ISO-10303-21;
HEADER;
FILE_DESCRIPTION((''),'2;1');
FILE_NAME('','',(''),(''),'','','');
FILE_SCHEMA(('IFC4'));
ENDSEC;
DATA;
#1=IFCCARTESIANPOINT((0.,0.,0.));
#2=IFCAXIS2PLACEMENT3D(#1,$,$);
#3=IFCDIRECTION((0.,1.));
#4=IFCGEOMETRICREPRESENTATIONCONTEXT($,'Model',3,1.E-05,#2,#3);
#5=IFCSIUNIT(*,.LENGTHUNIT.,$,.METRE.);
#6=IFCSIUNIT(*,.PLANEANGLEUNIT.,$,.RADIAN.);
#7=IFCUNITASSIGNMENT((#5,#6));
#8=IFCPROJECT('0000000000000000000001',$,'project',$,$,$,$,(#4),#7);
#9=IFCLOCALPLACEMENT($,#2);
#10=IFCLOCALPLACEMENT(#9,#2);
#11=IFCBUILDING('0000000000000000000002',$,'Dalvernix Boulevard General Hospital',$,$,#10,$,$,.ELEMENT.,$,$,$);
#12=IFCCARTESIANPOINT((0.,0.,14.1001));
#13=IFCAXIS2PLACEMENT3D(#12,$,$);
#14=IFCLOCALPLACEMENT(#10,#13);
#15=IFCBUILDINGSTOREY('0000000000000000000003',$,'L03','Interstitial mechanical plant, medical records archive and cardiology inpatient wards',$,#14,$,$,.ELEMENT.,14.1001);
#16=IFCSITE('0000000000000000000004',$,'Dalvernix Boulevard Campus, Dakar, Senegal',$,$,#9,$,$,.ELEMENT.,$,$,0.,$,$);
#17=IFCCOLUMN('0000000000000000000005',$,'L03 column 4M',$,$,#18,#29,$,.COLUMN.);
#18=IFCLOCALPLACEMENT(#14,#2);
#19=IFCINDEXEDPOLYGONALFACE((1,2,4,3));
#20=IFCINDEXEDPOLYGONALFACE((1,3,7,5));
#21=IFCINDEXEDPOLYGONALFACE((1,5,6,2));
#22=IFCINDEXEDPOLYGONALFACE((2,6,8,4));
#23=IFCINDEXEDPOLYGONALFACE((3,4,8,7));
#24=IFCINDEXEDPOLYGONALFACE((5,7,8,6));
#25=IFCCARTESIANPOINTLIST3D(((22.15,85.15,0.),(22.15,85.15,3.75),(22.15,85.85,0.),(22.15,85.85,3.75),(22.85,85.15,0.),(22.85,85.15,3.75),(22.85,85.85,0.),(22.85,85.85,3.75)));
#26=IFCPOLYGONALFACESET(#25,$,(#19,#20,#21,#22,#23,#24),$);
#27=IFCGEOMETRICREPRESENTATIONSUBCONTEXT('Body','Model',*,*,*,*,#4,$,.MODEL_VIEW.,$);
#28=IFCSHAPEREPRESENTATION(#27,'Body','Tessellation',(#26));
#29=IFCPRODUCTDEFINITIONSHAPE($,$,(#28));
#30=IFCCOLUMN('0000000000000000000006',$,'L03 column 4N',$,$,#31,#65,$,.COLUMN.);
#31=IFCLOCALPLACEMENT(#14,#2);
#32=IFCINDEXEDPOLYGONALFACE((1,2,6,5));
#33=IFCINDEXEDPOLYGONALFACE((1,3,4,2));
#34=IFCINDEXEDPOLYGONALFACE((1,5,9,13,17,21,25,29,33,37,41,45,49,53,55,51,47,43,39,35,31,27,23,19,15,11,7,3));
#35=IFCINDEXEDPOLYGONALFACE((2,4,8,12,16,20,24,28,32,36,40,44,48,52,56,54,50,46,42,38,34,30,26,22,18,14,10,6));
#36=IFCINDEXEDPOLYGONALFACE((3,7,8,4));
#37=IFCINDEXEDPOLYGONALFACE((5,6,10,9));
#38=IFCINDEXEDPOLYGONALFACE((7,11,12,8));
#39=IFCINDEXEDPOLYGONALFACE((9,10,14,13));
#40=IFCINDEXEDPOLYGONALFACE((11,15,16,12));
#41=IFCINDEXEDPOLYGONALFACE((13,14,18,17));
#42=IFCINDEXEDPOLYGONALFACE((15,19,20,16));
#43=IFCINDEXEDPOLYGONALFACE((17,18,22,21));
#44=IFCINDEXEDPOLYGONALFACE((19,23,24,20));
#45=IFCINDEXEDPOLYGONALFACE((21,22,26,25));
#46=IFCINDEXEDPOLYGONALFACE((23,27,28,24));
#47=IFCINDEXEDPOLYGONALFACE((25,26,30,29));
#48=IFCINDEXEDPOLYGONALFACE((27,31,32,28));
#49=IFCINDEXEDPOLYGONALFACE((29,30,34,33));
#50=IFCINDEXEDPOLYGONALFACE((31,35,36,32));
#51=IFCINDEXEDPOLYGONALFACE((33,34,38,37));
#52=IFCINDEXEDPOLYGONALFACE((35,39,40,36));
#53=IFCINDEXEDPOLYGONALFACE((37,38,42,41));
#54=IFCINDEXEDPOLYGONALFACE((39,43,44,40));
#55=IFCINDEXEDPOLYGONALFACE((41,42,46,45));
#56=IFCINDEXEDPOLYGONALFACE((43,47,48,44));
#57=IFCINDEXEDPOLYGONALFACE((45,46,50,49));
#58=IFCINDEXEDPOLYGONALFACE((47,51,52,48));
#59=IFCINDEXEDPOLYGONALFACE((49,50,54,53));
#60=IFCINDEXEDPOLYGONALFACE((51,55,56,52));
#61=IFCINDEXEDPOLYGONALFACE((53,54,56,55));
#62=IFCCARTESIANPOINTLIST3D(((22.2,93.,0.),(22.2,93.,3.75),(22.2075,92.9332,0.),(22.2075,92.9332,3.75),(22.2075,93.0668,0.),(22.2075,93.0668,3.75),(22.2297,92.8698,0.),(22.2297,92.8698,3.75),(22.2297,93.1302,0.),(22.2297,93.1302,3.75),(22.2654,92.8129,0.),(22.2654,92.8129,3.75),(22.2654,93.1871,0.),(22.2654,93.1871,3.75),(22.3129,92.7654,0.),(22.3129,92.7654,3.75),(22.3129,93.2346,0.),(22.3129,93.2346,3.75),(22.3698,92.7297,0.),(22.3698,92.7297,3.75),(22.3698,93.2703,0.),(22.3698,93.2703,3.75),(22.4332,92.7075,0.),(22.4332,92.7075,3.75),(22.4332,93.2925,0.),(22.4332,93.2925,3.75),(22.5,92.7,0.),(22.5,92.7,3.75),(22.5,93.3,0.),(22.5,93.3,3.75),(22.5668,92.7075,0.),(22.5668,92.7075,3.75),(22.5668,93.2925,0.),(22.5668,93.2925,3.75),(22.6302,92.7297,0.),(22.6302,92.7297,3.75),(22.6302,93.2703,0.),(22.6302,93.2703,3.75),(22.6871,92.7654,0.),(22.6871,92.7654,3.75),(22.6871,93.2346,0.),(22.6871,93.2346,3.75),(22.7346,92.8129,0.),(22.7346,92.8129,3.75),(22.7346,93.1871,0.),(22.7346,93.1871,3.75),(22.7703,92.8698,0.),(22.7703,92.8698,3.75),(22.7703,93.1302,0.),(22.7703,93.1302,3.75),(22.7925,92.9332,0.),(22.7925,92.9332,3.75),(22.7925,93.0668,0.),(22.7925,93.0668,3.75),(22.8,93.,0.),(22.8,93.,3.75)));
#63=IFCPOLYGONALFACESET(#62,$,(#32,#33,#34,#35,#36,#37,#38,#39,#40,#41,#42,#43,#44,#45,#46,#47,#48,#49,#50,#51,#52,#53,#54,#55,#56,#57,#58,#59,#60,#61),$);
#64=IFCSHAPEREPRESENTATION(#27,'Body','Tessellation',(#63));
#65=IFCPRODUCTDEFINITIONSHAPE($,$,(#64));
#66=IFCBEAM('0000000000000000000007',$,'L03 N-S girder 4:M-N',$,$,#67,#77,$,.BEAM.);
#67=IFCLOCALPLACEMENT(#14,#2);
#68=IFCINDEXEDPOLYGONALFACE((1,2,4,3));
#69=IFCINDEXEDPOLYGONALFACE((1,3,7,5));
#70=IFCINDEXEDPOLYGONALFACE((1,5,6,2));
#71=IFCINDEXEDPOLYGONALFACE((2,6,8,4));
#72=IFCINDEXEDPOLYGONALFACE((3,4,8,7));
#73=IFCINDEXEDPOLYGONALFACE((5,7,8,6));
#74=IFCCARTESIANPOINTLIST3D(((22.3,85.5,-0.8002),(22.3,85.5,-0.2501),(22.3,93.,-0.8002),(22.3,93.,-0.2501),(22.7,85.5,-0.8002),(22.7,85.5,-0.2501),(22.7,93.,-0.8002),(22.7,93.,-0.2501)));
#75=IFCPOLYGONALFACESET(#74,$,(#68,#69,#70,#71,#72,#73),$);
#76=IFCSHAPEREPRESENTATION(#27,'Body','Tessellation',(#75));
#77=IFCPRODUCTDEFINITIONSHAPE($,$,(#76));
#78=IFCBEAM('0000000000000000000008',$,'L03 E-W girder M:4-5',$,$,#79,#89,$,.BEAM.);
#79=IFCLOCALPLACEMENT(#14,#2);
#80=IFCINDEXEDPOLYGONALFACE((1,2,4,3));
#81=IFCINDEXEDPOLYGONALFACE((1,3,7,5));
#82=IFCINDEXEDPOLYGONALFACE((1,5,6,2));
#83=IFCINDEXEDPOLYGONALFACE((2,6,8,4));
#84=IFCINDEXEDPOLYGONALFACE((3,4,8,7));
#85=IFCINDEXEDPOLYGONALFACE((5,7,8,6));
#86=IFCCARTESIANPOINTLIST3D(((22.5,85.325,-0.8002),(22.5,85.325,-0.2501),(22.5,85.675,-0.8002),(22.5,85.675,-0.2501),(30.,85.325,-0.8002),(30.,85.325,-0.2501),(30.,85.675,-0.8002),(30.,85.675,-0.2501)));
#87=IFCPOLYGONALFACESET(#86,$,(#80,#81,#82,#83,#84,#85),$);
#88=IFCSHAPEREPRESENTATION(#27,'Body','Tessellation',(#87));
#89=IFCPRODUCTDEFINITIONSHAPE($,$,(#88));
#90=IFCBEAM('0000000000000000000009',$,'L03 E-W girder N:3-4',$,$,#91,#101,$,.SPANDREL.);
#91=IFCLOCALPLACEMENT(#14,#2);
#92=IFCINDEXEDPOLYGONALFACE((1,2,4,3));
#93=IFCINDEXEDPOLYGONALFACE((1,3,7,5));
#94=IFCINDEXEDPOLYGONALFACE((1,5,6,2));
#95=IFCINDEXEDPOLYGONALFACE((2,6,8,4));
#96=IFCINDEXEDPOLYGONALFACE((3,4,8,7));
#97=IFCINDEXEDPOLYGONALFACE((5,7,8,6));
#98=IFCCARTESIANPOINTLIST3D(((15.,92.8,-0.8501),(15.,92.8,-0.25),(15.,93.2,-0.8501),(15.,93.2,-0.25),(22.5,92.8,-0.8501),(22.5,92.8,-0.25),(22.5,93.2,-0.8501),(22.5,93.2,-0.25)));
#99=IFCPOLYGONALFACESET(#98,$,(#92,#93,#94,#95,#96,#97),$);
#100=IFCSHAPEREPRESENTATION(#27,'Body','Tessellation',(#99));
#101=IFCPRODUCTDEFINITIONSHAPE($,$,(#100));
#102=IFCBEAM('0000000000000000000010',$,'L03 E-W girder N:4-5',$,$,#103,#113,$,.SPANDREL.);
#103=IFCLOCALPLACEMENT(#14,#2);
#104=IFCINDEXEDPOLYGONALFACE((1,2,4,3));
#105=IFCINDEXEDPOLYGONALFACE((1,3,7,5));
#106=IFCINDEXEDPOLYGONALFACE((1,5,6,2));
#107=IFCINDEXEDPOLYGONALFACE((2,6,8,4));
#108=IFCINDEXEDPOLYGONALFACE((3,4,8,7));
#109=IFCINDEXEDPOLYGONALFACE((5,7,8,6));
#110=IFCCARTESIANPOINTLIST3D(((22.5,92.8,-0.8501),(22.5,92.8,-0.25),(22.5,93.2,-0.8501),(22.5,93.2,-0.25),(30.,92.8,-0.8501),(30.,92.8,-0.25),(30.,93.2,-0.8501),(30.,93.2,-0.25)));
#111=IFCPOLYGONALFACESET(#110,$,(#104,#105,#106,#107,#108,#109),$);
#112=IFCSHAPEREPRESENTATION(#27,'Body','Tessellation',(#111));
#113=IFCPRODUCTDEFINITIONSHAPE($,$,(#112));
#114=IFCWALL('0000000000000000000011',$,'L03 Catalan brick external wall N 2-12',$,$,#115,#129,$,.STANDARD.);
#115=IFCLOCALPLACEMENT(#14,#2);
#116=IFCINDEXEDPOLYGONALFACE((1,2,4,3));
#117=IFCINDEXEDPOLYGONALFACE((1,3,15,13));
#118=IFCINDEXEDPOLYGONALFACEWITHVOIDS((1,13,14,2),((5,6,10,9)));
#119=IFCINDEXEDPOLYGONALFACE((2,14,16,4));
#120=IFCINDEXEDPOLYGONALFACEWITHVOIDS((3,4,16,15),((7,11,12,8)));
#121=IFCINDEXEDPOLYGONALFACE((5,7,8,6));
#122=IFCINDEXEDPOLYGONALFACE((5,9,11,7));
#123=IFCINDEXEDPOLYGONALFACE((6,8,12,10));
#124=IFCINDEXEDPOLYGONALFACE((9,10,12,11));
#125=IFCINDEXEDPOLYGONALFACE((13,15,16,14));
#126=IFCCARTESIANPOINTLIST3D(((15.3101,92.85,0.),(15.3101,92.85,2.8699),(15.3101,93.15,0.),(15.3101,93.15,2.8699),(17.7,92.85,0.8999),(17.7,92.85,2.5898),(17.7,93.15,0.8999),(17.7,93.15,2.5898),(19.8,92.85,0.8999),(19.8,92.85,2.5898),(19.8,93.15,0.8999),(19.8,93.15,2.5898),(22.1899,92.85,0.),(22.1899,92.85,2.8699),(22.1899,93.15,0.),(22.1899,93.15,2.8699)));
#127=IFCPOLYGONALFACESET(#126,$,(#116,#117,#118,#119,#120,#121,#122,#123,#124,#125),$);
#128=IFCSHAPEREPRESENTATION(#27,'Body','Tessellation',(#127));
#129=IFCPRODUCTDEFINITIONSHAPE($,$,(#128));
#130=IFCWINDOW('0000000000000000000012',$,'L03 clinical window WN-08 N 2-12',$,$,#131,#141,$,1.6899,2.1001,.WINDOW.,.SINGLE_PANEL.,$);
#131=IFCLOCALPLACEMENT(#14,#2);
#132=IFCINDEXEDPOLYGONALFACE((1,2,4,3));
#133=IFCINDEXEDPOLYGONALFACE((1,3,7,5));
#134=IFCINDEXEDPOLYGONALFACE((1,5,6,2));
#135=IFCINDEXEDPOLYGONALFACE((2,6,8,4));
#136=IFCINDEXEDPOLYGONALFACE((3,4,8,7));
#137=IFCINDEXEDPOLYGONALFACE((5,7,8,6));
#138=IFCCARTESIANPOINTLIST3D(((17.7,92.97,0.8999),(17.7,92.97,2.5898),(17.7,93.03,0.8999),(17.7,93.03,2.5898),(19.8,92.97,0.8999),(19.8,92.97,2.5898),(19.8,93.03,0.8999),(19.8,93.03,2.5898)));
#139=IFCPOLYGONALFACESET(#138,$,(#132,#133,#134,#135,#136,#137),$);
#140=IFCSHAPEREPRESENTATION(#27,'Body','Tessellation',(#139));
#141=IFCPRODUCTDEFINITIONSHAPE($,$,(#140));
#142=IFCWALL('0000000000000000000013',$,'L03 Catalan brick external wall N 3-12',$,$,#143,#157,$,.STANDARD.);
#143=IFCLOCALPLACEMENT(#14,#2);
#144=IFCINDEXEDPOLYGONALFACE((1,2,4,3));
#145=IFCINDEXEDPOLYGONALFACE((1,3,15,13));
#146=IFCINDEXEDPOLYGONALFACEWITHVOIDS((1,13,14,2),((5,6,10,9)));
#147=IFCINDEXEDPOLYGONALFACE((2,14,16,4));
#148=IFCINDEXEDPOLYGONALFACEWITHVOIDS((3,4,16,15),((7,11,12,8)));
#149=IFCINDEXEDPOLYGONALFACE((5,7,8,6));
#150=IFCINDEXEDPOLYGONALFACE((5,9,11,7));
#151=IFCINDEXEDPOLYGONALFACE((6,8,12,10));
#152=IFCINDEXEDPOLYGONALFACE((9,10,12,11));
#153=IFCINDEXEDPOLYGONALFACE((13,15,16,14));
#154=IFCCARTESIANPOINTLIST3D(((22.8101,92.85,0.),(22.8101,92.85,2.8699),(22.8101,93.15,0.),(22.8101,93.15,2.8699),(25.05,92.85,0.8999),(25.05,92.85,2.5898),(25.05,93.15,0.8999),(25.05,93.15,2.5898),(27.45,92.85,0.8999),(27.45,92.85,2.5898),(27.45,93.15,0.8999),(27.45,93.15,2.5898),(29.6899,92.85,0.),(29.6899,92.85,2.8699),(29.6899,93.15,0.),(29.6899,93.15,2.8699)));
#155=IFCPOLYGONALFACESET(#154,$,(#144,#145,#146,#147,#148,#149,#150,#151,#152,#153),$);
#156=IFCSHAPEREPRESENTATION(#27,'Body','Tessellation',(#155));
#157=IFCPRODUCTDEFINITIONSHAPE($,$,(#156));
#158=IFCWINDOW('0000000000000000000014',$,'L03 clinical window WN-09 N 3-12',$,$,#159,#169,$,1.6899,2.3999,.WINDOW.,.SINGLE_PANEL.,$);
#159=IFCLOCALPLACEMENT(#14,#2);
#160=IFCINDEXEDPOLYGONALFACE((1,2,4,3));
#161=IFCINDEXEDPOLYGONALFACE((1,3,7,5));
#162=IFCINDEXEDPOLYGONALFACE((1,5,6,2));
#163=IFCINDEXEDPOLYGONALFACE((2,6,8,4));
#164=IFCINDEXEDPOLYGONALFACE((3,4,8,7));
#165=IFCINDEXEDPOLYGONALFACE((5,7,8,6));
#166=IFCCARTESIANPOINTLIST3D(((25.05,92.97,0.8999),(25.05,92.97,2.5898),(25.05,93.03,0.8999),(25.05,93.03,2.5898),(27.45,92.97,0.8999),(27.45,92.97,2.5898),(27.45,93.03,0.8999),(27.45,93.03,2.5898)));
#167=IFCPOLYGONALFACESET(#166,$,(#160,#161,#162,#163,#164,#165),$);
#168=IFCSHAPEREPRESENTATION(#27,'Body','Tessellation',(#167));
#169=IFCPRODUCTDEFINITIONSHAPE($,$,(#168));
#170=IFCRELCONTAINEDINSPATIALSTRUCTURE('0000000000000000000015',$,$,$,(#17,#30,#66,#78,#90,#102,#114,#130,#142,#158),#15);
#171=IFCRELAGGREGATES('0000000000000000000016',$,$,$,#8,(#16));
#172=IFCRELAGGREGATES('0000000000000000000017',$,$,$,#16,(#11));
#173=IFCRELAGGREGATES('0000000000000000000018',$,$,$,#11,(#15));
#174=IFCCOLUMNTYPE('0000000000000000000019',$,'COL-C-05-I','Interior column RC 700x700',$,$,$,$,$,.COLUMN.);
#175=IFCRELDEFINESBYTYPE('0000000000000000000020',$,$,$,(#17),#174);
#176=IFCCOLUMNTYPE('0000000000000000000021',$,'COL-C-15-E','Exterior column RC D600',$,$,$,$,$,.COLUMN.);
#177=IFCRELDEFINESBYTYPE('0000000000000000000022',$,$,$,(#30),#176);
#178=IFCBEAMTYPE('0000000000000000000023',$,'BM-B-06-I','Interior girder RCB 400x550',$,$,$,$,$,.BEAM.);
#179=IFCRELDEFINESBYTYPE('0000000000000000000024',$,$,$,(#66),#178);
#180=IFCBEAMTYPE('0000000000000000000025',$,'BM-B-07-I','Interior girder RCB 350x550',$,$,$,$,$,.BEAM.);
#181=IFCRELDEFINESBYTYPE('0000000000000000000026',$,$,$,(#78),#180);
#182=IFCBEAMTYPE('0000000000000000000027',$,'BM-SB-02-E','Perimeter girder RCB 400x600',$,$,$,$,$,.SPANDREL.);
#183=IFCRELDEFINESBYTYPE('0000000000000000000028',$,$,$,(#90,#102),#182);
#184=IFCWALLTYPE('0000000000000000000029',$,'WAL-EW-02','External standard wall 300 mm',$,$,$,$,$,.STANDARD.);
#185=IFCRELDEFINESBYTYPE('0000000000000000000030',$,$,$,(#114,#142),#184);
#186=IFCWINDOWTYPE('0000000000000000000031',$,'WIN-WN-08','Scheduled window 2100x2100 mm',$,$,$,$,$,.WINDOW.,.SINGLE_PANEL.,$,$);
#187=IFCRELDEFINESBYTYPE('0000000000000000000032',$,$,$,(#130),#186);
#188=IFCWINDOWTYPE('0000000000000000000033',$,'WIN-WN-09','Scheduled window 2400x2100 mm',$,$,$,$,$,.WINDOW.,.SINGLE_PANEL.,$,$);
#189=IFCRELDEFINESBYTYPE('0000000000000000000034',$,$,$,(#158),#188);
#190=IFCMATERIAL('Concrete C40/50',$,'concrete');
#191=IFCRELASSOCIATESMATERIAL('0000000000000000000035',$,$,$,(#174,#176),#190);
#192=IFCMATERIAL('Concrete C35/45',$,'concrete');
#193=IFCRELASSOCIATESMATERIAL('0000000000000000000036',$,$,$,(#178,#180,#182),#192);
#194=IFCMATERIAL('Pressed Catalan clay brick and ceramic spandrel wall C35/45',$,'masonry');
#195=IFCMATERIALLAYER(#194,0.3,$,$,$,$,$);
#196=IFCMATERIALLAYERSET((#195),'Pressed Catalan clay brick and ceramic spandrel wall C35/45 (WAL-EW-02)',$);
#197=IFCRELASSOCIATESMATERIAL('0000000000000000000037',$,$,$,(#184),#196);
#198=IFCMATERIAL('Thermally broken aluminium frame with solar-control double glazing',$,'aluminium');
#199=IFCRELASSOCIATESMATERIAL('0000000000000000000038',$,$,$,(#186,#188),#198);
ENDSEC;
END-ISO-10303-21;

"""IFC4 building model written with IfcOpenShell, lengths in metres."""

from ifc_helpers import new_model, si_unit, direction, frame, frame_2d, origin, origin_2d, place, context, subcontext, project, spatial, rectangle, circle, extrude, material, layer, layer_set, material_profile, profile_set, type_object, element, fill, save


model = new_model("IFC4")

# Units and contexts
model_context = context("Model", 3, precision=1e-05, world=origin(), true_north=direction((0.0, 1.0)))
body_context = subcontext(model_context, "Body", "Model", "MODEL_VIEW")
ifc_project = project(units=[si_unit("LENGTHUNIT", "METRE"), si_unit("PLANEANGLEUNIT", "RADIAN")], contexts=[model_context])

# Site, building, storey
site_placement = place(None, origin())
site = spatial("IfcSite", under=ifc_project, at=site_placement, Name="Dalvernix Boulevard Campus, Dakar, Senegal", CompositionType="ELEMENT", RefElevation=0.0)
building_placement = place(site_placement, origin())
building = spatial("IfcBuilding", under=site, at=building_placement, Name="Dalvernix Boulevard General Hospital", CompositionType="ELEMENT")
storey_placement = place(building_placement, frame((0.0, 0.0, 14.1001)))
storey = spatial("IfcBuildingStorey", under=building, at=storey_placement, Name="L03", Description="Interstitial mechanical plant, medical records archive and cardiology inpatient wards", CompositionType="ELEMENT", Elevation=14.1001)

# Columns
ifc_material_1 = material(Name="Concrete C40/50", Category="concrete")
ifc_material_profile_1 = material_profile(ifc_material_1, rectangle(XDim=0.7, YDim=0.7, at=origin_2d()), Name="RC 700x700")
ifc_profile_set_1 = profile_set([ifc_material_profile_1], Name="Concrete C40/50")
column_type_1 = type_object("IfcColumnType", Name="COL-C-05-I", Description="Interior column RC 700x700", PredefinedType="COLUMN", material=ifc_profile_set_1)
column_1_placement = place(storey_placement, frame((22.5, 85.5, 0.0), z_axis=(0.0, 0.0, 1.0), x_axis=(1.0, 0.0, 0.0)))
element("IfcColumn", 1, at=column_1_placement, inside=storey, type_object=column_type_1, Name="L03 column 4M", PredefinedType="COLUMN", context=body_context, shape_type="SweptSolid", body=[
    extrude(rectangle(XDim=0.7, YDim=0.7, at=origin_2d()), origin(), (0.0, 0.0, 1.0), 3.75),
])
ifc_material_profile_2 = material_profile(ifc_material_1, circle(Radius=0.3, at=origin_2d()), Name="RC D600")
ifc_profile_set_2 = profile_set([ifc_material_profile_2], Name="Concrete C40/50")
column_type_2 = type_object("IfcColumnType", Name="COL-C-15-E", Description="Exterior column RC D600", PredefinedType="COLUMN", material=ifc_profile_set_2)
column_2_placement = place(storey_placement, frame((22.5, 93.0, 0.0), z_axis=(0.0, 0.0, 1.0), x_axis=(1.0, 0.0, 0.0)))
element("IfcColumn", 2, at=column_2_placement, inside=storey, type_object=column_type_2, Name="L03 column 4N", PredefinedType="COLUMN", context=body_context, shape_type="SweptSolid", body=[
    extrude(circle(Radius=0.3, at=origin_2d()), origin(), (0.0, 0.0, 1.0), 3.75),
])

# Beams
ifc_material_2 = material(Name="Concrete C35/45", Category="concrete")
ifc_material_profile_3 = material_profile(ifc_material_2, rectangle(XDim=0.3999, YDim=0.55, at=origin_2d()), Name="RCB 400x550")
ifc_profile_set_3 = profile_set([ifc_material_profile_3], Name="Concrete C35/45")
beam_type_1 = type_object("IfcBeamType", Name="BM-B-06-I", Description="Interior girder RCB 400x550", PredefinedType="BEAM", material=ifc_profile_set_3)
beam_1_placement = place(storey_placement, frame((22.5, 85.5, -0.5251), z_axis=(0.0, 1.0, 0.0), x_axis=(-1.0, 0.0, 0.0)))
element("IfcBeam", 3, at=beam_1_placement, inside=storey, type_object=beam_type_1, Name="L03 N-S girder 4:M-N", PredefinedType="BEAM", context=body_context, shape_type="SweptSolid", body=[
    extrude(rectangle(XDim=0.3999, YDim=0.55, at=origin_2d()), origin(), (0.0, 0.0, 1.0), 7.5),
])
ifc_material_profile_4 = material_profile(ifc_material_2, rectangle(XDim=0.3501, YDim=0.55, at=origin_2d()), Name="RCB 350x550")
ifc_profile_set_4 = profile_set([ifc_material_profile_4], Name="Concrete C35/45")
beam_type_2 = type_object("IfcBeamType", Name="BM-B-07-I", Description="Interior girder RCB 350x550", PredefinedType="BEAM", material=ifc_profile_set_4)
beam_2_placement = place(storey_placement, frame((22.5, 85.5, -0.5251), z_axis=(1.0, 0.0, 0.0), x_axis=(0.0, 1.0, 0.0)))
element("IfcBeam", 4, at=beam_2_placement, inside=storey, type_object=beam_type_2, Name="L03 E-W girder M:4-5", PredefinedType="BEAM", context=body_context, shape_type="SweptSolid", body=[
    extrude(rectangle(XDim=0.3501, YDim=0.55, at=origin_2d()), origin(), (0.0, 0.0, 1.0), 7.5),
])
ifc_material_profile_5 = material_profile(ifc_material_2, rectangle(XDim=0.3999, YDim=0.6001, at=origin_2d()), Name="RCB 400x600")
ifc_profile_set_5 = profile_set([ifc_material_profile_5], Name="Concrete C35/45")
beam_type_3 = type_object("IfcBeamType", Name="BM-SB-02-E", Description="Perimeter girder RCB 400x600", PredefinedType="SPANDREL", material=ifc_profile_set_5)
for number, where, z_axis, x_axis, name in (
    (5, (15.0, 93.0, -0.55), (1.0, 0.0, 0.0), (0.0, 1.0, 0.0), "L03 E-W girder N:3-4"),
    (6, (22.5, 93.0, -0.55), (1.0, 0.0, 0.0), (0.0, 1.0, 0.0), "L03 E-W girder N:4-5"),
):
    element("IfcBeam", number, at=place(storey_placement, frame(where, z_axis=z_axis, x_axis=x_axis)), inside=storey, type_object=beam_type_3, Name=name, PredefinedType="SPANDREL", context=body_context, shape_type="SweptSolid", body=[
        extrude(rectangle(XDim=0.3999, YDim=0.6001, at=origin_2d()), origin(), (0.0, 0.0, 1.0), 7.5),
    ])

# Walls, openings, windows
ifc_material_3 = material(Name="Pressed Catalan clay brick and ceramic spandrel wall C35/45", Category="masonry")
ifc_layer_1 = layer(ifc_material_3, 0.3)
ifc_layer_set_1 = layer_set([ifc_layer_1], Name="Pressed Catalan clay brick and ceramic spandrel wall C35/45 (WAL-EW-02)")
wall_type_1 = type_object("IfcWallType", Name="WAL-EW-02", Description="External standard wall 300 mm", PredefinedType="STANDARD", material=ifc_layer_set_1)
wall_1_placement = place(storey_placement, frame((15.3101, 93.0, 0.0), z_axis=(0.0, 0.0, 1.0), x_axis=(1.0, 0.0, 0.0)))
wall_1 = element("IfcWall", 7, at=wall_1_placement, inside=storey, type_object=wall_type_1, Name="L03 Catalan brick external wall N 2-12", PredefinedType="STANDARD", context=body_context, shape_type="SweptSolid", body=[
    extrude(rectangle(XDim=6.8799, YDim=0.3, at=frame_2d((3.4399, 0.0))), origin(), (0.0, 0.0, 1.0), 2.8699),
])
opening_1_placement = place(wall_1_placement, frame((2.3899, 0.0, 0.8999)))
opening_1 = element("IfcOpeningElement", 8, at=opening_1_placement, cuts=wall_1, PredefinedType="OPENING", context=body_context, shape_type="SweptSolid", body=[
    extrude(rectangle(XDim=2.1001, YDim=1.6899, at=frame_2d((1.05, 0.845))), frame((0.0, 0.1599, 0.0), z_axis=(0.0, -1.0, 0.0), x_axis=(1.0, 0.0, 0.0)), (0.0, 0.0, 1.0), 0.3201),
])
ifc_material_4 = material(Name="Thermally broken aluminium frame with solar-control double glazing", Category="aluminium")
window_type_1 = type_object("IfcWindowType", Name="WIN-WN-08", Description="Scheduled window 2100x2100 mm", PartitioningType="SINGLE_PANEL", PredefinedType="WINDOW", material=ifc_material_4)
window_1_placement = place(opening_1_placement, origin())
window_1 = element("IfcWindow", 9, at=window_1_placement, inside=storey, type_object=window_type_1, Name="L03 clinical window WN-08 N 2-12", OverallHeight=1.6899, OverallWidth=2.1001, PartitioningType="SINGLE_PANEL", PredefinedType="WINDOW", context=body_context, shape_type="SweptSolid", body=[
    extrude(rectangle(XDim=2.1001, YDim=1.6899, at=frame_2d((1.05, 0.845))), frame((0.0, 0.03, 0.0), z_axis=(0.0, -1.0, 0.0), x_axis=(1.0, 0.0, 0.0)), (0.0, 0.0, 1.0), 0.0601),
])
fill(opening_1, window_1)
wall_2_placement = place(storey_placement, frame((22.8101, 93.0, 0.0), z_axis=(0.0, 0.0, 1.0), x_axis=(1.0, 0.0, 0.0)))
wall_2 = element("IfcWall", 10, at=wall_2_placement, inside=storey, type_object=wall_type_1, Name="L03 Catalan brick external wall N 3-12", PredefinedType="STANDARD", context=body_context, shape_type="SweptSolid", body=[
    extrude(rectangle(XDim=6.8799, YDim=0.3, at=frame_2d((3.4399, 0.0))), origin(), (0.0, 0.0, 1.0), 2.8699),
])
opening_2_placement = place(wall_2_placement, frame((2.24, 0.0, 0.8999)))
opening_2 = element("IfcOpeningElement", 11, at=opening_2_placement, cuts=wall_2, PredefinedType="OPENING", context=body_context, shape_type="SweptSolid", body=[
    extrude(rectangle(XDim=2.3999, YDim=1.6899, at=frame_2d((1.2, 0.845))), frame((0.0, 0.1599, 0.0), z_axis=(0.0, -1.0, 0.0), x_axis=(1.0, 0.0, 0.0)), (0.0, 0.0, 1.0), 0.3201),
])
window_type_2 = type_object("IfcWindowType", Name="WIN-WN-09", Description="Scheduled window 2400x2100 mm", PartitioningType="SINGLE_PANEL", PredefinedType="WINDOW", material=ifc_material_4)
window_2_placement = place(opening_2_placement, origin())
window_2 = element("IfcWindow", 12, at=window_2_placement, inside=storey, type_object=window_type_2, Name="L03 clinical window WN-09 N 3-12", OverallHeight=1.6899, OverallWidth=2.3999, PartitioningType="SINGLE_PANEL", PredefinedType="WINDOW", context=body_context, shape_type="SweptSolid", body=[
    extrude(rectangle(XDim=2.3999, YDim=1.6899, at=frame_2d((1.2, 0.845))), frame((0.0, 0.03, 0.0), z_axis=(0.0, -1.0, 0.0), x_axis=(1.0, 0.0, 0.0)), (0.0, 0.0, 1.0), 0.0601),
])
fill(opening_2, window_2)

save(model, "model.ifc")
